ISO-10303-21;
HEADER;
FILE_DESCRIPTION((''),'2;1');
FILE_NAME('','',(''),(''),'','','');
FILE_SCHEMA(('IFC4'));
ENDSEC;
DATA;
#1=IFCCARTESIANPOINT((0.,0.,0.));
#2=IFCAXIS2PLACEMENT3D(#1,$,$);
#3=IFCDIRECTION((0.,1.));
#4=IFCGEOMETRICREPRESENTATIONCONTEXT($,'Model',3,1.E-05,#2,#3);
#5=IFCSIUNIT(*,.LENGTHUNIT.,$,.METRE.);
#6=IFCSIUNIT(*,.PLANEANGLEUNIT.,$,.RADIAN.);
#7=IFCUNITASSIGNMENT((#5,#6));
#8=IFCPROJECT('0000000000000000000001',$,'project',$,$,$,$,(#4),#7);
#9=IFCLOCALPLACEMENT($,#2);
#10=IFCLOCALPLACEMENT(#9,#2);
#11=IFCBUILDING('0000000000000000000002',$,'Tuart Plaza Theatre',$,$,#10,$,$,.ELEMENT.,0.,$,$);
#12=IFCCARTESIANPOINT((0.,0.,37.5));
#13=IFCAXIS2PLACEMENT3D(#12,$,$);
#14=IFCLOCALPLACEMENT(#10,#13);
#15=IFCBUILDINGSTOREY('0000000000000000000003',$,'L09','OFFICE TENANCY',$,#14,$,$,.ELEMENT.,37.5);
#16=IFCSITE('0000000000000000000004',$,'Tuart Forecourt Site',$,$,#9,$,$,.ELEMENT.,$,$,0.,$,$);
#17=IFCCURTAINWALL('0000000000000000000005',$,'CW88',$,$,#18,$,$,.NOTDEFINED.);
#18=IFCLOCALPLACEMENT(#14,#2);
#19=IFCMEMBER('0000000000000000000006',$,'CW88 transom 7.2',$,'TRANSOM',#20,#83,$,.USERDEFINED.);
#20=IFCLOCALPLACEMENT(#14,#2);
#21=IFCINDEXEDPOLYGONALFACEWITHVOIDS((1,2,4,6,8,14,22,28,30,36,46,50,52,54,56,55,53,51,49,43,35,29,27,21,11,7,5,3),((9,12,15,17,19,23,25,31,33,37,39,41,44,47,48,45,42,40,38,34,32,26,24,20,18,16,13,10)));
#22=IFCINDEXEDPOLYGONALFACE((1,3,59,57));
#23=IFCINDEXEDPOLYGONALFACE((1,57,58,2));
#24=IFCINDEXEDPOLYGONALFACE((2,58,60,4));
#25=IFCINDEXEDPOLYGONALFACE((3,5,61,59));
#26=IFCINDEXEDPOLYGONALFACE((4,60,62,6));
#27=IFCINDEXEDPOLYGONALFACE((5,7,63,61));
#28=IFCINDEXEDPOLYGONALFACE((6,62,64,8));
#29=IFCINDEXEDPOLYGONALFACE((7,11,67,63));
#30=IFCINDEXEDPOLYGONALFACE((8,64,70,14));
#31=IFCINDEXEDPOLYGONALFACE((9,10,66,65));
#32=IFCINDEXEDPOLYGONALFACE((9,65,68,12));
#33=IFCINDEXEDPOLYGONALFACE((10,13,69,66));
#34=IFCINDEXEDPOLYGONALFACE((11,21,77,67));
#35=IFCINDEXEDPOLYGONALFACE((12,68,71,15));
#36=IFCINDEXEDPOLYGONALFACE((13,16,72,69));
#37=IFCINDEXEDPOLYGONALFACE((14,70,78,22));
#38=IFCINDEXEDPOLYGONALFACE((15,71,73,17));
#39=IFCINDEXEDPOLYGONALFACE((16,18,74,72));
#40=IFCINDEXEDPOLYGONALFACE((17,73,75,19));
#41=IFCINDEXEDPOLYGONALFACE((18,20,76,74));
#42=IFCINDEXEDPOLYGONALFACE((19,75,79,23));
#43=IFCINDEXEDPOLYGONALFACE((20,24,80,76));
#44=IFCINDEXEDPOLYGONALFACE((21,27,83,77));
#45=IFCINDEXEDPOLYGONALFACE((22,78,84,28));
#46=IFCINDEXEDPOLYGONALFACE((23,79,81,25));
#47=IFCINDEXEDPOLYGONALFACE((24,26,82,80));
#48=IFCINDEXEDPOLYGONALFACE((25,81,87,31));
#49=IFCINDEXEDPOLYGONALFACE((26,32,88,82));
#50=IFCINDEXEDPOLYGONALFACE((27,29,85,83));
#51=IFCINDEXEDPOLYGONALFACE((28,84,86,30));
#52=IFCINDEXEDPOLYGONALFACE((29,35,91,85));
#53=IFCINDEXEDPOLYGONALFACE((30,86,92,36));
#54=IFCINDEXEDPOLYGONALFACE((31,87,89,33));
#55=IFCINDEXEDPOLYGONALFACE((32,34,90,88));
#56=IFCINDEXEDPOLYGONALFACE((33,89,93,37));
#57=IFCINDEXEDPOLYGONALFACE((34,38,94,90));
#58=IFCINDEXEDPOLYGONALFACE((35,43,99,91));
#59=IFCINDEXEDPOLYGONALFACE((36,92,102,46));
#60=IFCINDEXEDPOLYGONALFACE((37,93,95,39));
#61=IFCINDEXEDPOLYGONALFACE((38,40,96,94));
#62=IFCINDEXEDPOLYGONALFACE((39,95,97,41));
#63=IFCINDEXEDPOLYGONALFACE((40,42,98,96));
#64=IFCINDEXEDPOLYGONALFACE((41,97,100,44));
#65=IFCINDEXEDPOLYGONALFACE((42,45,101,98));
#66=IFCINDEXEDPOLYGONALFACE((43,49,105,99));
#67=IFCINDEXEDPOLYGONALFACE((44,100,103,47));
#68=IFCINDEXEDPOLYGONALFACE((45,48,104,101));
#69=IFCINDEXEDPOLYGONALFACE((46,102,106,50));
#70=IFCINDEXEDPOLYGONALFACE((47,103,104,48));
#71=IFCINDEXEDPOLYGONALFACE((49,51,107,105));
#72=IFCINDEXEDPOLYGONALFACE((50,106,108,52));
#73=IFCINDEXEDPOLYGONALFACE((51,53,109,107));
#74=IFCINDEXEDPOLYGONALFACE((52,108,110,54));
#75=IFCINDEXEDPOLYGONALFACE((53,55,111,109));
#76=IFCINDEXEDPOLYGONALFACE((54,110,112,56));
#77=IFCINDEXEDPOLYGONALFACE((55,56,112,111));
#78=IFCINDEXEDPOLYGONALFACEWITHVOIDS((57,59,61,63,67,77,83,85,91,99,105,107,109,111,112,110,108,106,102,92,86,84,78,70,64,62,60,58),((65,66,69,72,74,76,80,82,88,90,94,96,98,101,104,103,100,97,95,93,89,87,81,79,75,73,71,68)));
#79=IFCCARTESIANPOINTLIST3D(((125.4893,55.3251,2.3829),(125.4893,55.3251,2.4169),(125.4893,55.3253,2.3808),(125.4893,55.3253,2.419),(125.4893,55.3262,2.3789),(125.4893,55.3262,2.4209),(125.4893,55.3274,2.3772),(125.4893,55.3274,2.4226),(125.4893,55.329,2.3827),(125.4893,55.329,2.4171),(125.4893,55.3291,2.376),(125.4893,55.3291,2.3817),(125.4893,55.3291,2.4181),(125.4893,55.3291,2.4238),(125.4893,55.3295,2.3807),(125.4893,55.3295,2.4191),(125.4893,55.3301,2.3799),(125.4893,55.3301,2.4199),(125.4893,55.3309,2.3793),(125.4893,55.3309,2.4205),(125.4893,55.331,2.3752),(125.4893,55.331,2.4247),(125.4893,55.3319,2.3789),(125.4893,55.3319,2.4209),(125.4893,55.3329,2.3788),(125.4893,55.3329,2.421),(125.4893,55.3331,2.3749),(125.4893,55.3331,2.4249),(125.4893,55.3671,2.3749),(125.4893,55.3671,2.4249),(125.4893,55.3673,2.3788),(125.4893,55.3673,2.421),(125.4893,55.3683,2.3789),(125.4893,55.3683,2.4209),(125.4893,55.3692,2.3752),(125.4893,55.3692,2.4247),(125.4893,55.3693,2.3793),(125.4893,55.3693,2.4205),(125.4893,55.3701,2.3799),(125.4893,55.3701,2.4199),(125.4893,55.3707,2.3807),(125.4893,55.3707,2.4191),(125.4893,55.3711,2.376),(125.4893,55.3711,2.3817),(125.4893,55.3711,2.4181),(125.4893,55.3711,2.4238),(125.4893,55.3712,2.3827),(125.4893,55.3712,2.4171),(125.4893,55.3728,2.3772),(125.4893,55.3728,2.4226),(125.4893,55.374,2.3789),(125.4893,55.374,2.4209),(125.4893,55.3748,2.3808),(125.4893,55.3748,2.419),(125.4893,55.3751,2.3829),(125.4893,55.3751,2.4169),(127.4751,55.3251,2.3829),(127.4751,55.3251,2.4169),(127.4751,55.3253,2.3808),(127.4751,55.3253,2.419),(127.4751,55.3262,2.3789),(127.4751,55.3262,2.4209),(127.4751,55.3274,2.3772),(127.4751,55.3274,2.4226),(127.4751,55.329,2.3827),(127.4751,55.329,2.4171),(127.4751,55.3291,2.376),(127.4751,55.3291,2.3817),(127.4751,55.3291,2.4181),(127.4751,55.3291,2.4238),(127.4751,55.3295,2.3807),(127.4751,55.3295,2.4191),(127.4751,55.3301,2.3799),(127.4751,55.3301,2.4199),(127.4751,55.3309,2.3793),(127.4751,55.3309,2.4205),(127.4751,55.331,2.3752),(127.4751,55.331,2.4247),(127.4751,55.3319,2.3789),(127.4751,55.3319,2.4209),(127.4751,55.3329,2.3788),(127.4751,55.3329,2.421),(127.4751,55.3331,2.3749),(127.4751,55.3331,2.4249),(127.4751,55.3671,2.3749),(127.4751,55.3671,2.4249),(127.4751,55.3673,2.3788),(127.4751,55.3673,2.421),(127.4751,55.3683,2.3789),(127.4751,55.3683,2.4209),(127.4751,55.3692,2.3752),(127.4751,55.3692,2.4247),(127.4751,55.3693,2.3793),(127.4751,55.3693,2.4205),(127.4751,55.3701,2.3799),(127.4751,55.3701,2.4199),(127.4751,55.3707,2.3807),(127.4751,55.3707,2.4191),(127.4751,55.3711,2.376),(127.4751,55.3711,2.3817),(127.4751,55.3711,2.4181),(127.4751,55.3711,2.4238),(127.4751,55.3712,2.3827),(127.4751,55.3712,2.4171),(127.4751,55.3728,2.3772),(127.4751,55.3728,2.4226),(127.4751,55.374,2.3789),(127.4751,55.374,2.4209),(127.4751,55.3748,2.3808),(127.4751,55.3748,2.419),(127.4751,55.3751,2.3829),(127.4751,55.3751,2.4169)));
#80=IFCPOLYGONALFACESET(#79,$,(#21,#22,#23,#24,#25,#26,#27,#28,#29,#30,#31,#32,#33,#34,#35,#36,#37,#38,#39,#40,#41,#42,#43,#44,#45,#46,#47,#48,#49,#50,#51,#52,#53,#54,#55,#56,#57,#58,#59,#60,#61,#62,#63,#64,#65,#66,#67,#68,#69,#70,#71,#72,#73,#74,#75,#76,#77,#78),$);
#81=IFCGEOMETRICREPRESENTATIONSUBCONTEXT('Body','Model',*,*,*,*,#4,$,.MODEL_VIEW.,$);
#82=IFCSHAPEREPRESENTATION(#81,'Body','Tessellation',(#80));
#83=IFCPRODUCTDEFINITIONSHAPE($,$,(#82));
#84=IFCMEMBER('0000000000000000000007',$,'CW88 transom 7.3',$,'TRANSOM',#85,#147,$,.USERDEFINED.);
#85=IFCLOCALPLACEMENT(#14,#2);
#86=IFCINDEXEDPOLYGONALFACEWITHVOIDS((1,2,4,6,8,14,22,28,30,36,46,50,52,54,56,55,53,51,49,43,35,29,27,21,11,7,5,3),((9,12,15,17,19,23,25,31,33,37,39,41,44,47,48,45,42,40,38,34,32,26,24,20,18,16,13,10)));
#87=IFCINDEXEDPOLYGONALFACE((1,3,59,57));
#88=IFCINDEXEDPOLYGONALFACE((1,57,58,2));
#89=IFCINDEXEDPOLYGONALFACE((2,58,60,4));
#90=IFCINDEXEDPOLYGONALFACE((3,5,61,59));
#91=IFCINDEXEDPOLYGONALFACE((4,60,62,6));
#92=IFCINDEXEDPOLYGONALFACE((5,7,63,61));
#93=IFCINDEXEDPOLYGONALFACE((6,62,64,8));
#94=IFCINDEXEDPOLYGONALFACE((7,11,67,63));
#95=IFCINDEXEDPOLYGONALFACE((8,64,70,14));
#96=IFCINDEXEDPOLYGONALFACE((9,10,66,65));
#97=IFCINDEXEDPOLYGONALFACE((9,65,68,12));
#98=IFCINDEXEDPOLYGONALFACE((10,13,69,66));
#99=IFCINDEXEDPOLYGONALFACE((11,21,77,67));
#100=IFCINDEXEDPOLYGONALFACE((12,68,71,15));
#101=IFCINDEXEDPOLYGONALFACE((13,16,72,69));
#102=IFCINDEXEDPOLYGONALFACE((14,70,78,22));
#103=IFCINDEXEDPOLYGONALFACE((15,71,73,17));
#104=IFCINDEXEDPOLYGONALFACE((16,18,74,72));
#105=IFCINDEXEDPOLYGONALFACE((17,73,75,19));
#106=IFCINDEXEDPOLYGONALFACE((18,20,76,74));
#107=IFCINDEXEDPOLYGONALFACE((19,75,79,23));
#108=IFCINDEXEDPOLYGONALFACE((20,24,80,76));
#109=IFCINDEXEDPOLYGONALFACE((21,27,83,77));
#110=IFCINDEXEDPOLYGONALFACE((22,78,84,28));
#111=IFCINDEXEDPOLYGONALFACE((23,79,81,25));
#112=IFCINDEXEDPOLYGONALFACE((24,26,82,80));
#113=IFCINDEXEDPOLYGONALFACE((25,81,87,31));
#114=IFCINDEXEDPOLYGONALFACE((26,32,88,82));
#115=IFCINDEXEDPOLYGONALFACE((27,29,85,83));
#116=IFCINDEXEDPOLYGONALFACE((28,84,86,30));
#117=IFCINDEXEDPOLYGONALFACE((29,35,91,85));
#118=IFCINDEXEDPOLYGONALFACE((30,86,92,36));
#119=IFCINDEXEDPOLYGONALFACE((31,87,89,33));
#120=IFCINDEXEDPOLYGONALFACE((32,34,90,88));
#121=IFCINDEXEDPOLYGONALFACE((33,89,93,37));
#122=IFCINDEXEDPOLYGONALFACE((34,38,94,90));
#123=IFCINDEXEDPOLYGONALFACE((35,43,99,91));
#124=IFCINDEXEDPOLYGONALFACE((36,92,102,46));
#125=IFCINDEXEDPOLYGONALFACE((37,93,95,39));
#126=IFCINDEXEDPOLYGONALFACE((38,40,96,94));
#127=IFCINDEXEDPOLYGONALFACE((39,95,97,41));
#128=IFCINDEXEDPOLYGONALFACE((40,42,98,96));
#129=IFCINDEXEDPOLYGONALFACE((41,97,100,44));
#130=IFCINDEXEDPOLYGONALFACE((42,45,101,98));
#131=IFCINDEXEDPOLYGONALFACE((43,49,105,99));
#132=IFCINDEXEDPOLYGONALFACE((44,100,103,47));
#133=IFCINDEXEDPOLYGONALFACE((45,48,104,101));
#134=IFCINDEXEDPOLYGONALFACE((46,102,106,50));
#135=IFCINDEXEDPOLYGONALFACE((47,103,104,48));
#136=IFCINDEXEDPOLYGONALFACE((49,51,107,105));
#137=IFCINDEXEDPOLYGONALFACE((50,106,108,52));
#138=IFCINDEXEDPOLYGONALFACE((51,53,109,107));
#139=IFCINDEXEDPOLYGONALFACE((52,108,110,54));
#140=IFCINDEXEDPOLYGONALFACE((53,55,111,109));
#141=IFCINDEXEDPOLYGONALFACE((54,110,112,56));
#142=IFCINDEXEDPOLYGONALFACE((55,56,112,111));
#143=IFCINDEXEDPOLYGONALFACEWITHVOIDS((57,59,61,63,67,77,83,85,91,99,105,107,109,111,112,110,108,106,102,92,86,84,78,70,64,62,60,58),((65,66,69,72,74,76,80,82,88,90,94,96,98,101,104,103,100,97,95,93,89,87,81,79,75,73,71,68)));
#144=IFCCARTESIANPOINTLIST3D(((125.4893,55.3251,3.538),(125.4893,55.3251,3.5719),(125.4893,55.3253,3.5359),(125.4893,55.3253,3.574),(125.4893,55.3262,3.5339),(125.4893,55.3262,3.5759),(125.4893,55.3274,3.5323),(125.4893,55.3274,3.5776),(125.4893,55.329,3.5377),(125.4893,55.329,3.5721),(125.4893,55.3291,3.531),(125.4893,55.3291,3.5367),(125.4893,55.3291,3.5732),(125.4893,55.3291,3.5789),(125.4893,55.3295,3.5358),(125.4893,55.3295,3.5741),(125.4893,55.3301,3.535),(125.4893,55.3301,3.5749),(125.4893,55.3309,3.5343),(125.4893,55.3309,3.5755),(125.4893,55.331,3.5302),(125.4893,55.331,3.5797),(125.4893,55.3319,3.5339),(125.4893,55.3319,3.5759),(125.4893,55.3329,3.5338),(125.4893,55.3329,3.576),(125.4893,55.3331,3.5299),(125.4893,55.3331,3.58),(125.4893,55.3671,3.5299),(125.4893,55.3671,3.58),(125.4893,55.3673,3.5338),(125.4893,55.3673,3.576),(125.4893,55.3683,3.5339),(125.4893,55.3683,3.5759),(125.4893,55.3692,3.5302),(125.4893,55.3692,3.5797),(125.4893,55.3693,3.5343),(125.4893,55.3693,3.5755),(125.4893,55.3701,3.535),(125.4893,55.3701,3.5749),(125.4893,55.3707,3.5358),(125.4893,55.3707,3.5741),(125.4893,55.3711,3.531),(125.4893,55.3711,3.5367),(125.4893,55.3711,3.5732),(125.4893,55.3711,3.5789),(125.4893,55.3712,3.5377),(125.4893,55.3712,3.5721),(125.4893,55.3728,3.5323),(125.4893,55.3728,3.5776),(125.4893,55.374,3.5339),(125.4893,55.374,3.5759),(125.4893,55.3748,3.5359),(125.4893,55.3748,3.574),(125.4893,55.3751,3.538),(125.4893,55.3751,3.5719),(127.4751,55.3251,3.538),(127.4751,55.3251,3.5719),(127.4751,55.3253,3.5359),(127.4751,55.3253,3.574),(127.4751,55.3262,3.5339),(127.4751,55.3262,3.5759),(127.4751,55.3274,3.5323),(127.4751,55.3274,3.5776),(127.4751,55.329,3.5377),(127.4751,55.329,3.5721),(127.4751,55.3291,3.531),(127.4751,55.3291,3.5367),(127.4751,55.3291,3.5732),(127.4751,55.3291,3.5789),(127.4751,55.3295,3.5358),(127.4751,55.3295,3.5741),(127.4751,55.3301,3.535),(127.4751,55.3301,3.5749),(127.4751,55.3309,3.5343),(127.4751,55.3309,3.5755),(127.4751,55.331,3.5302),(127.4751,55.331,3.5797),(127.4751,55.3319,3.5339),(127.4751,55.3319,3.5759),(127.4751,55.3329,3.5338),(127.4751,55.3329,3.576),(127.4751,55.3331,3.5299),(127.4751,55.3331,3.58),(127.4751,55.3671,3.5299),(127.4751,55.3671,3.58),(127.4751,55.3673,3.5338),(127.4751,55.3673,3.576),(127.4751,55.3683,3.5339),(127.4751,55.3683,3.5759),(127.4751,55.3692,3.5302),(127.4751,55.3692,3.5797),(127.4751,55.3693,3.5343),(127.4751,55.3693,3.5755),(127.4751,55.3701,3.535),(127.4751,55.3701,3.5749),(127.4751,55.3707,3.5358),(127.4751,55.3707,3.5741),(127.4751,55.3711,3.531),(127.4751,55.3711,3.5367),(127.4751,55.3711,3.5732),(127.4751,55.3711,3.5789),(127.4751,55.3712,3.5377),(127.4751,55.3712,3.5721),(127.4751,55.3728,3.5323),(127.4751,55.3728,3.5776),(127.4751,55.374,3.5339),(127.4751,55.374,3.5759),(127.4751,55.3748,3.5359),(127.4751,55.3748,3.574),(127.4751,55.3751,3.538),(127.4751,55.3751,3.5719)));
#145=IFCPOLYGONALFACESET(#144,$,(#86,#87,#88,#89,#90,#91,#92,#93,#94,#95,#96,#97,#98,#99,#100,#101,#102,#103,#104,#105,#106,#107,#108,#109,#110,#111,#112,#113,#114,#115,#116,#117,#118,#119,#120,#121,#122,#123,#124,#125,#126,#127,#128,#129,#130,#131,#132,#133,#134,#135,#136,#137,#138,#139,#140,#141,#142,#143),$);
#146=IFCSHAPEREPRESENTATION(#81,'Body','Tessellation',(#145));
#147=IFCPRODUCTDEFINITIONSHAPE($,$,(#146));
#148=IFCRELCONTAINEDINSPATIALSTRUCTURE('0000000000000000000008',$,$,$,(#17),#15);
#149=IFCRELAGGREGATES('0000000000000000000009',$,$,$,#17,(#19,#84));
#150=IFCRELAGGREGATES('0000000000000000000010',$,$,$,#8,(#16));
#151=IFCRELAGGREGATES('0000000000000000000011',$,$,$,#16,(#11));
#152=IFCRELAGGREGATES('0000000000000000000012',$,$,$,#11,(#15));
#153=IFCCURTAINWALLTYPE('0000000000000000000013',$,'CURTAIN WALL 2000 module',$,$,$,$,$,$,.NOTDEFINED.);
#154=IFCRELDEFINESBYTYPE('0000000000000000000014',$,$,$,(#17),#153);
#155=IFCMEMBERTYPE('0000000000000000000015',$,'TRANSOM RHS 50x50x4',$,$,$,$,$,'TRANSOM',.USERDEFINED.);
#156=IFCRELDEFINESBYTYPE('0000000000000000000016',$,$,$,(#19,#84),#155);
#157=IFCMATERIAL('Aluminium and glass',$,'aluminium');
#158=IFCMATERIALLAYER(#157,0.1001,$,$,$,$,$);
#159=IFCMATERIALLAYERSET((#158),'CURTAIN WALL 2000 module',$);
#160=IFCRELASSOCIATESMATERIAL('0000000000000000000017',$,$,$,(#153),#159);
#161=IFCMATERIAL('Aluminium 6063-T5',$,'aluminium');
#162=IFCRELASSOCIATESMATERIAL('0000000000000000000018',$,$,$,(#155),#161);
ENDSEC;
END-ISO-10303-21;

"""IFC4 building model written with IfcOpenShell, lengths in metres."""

from ifc_helpers import new_model, si_unit, direction, frame, origin, origin_2d, place, context, subcontext, project, spatial, hollow_rectangle, extrude, material, layer, layer_set, material_profile, profile_set, type_object, element, aggregate, save


model = new_model("IFC4")

# Units and contexts
model_context = context("Model", 3, precision=1e-05, world=origin(), true_north=direction((0.0, 1.0)))
body_context = subcontext(model_context, "Body", "Model", "MODEL_VIEW")
ifc_project = project(units=[si_unit("LENGTHUNIT", "METRE"), si_unit("PLANEANGLEUNIT", "RADIAN")], contexts=[model_context])

# Site, building, storey
site_placement = place(None, origin())
site = spatial("IfcSite", under=ifc_project, at=site_placement, Name="Tuart Forecourt Site", CompositionType="ELEMENT", RefElevation=0.0)
building_placement = place(site_placement, origin())
building = spatial("IfcBuilding", under=site, at=building_placement, Name="Tuart Plaza Theatre", CompositionType="ELEMENT", ElevationOfRefHeight=0.0)
storey_placement = place(building_placement, frame((0.0, 0.0, 37.5)))
storey = spatial("IfcBuildingStorey", under=building, at=storey_placement, Name="L09", Description="OFFICE TENANCY", CompositionType="ELEMENT", Elevation=37.5)

# Curtain wall, members
ifc_material_1 = material(Name="Aluminium and glass", Category="aluminium")
ifc_layer_1 = layer(ifc_material_1, 0.1001)
ifc_layer_set_1 = layer_set([ifc_layer_1], Name="CURTAIN WALL 2000 module")
curtain_wall_type = type_object("IfcCurtainWallType", Name="CURTAIN WALL 2000 module", PredefinedType="NOTDEFINED", material=ifc_layer_set_1)
curtain_wall_placement = place(storey_placement, origin())
curtain_wall = element("IfcCurtainWall", 1, at=curtain_wall_placement, inside=storey, type_object=curtain_wall_type, Name="CW88", PredefinedType="NOTDEFINED")
ifc_material_2 = material(Name="Aluminium 6063-T5", Category="aluminium")
ifc_material_profile_1 = material_profile(ifc_material_2, hollow_rectangle(XDim=0.05, YDim=0.05, WallThickness=0.0039, InnerFilletRadius=0.0039, OuterFilletRadius=0.0081, at=origin_2d()), Name="RHS 50x50x4")
ifc_profile_set_1 = profile_set([ifc_material_profile_1], Name="Aluminium 6063-T5")
member_type_1 = type_object("IfcMemberType", Name="TRANSOM RHS 50x50x4", ElementType="TRANSOM", PredefinedType="USERDEFINED", material=ifc_profile_set_1)
member_1_placement = place(storey_placement, frame((125.4893, 55.3501, 2.3999), z_axis=(1.0, 0.0, 0.0), x_axis=(0.0, 1.0, 0.0)))
member_1 = element("IfcMember", 2, at=member_1_placement, type_object=member_type_1, Name="CW88 transom 7.2", ObjectType="TRANSOM", PredefinedType="USERDEFINED", context=body_context, shape_type="SweptSolid", body=[
    extrude(hollow_rectangle(XDim=0.05, YDim=0.05, WallThickness=0.0039, InnerFilletRadius=0.0039, OuterFilletRadius=0.0081, at=origin_2d()), origin(), (0.0, 0.0, 1.0), 1.9858),
])
member_2_placement = place(storey_placement, frame((125.4893, 55.3501, 3.5549), z_axis=(1.0, 0.0, 0.0), x_axis=(0.0, 1.0, 0.0)))
member_2 = element("IfcMember", 3, at=member_2_placement, type_object=member_type_1, Name="CW88 transom 7.3", ObjectType="TRANSOM", PredefinedType="USERDEFINED", context=body_context, shape_type="SweptSolid", body=[
    extrude(hollow_rectangle(XDim=0.05, YDim=0.05, WallThickness=0.0039, InnerFilletRadius=0.0039, OuterFilletRadius=0.0081, at=origin_2d()), origin(), (0.0, 0.0, 1.0), 1.9858),
])
aggregate(curtain_wall, [member_1, member_2])

save(model, "model.ifc")
